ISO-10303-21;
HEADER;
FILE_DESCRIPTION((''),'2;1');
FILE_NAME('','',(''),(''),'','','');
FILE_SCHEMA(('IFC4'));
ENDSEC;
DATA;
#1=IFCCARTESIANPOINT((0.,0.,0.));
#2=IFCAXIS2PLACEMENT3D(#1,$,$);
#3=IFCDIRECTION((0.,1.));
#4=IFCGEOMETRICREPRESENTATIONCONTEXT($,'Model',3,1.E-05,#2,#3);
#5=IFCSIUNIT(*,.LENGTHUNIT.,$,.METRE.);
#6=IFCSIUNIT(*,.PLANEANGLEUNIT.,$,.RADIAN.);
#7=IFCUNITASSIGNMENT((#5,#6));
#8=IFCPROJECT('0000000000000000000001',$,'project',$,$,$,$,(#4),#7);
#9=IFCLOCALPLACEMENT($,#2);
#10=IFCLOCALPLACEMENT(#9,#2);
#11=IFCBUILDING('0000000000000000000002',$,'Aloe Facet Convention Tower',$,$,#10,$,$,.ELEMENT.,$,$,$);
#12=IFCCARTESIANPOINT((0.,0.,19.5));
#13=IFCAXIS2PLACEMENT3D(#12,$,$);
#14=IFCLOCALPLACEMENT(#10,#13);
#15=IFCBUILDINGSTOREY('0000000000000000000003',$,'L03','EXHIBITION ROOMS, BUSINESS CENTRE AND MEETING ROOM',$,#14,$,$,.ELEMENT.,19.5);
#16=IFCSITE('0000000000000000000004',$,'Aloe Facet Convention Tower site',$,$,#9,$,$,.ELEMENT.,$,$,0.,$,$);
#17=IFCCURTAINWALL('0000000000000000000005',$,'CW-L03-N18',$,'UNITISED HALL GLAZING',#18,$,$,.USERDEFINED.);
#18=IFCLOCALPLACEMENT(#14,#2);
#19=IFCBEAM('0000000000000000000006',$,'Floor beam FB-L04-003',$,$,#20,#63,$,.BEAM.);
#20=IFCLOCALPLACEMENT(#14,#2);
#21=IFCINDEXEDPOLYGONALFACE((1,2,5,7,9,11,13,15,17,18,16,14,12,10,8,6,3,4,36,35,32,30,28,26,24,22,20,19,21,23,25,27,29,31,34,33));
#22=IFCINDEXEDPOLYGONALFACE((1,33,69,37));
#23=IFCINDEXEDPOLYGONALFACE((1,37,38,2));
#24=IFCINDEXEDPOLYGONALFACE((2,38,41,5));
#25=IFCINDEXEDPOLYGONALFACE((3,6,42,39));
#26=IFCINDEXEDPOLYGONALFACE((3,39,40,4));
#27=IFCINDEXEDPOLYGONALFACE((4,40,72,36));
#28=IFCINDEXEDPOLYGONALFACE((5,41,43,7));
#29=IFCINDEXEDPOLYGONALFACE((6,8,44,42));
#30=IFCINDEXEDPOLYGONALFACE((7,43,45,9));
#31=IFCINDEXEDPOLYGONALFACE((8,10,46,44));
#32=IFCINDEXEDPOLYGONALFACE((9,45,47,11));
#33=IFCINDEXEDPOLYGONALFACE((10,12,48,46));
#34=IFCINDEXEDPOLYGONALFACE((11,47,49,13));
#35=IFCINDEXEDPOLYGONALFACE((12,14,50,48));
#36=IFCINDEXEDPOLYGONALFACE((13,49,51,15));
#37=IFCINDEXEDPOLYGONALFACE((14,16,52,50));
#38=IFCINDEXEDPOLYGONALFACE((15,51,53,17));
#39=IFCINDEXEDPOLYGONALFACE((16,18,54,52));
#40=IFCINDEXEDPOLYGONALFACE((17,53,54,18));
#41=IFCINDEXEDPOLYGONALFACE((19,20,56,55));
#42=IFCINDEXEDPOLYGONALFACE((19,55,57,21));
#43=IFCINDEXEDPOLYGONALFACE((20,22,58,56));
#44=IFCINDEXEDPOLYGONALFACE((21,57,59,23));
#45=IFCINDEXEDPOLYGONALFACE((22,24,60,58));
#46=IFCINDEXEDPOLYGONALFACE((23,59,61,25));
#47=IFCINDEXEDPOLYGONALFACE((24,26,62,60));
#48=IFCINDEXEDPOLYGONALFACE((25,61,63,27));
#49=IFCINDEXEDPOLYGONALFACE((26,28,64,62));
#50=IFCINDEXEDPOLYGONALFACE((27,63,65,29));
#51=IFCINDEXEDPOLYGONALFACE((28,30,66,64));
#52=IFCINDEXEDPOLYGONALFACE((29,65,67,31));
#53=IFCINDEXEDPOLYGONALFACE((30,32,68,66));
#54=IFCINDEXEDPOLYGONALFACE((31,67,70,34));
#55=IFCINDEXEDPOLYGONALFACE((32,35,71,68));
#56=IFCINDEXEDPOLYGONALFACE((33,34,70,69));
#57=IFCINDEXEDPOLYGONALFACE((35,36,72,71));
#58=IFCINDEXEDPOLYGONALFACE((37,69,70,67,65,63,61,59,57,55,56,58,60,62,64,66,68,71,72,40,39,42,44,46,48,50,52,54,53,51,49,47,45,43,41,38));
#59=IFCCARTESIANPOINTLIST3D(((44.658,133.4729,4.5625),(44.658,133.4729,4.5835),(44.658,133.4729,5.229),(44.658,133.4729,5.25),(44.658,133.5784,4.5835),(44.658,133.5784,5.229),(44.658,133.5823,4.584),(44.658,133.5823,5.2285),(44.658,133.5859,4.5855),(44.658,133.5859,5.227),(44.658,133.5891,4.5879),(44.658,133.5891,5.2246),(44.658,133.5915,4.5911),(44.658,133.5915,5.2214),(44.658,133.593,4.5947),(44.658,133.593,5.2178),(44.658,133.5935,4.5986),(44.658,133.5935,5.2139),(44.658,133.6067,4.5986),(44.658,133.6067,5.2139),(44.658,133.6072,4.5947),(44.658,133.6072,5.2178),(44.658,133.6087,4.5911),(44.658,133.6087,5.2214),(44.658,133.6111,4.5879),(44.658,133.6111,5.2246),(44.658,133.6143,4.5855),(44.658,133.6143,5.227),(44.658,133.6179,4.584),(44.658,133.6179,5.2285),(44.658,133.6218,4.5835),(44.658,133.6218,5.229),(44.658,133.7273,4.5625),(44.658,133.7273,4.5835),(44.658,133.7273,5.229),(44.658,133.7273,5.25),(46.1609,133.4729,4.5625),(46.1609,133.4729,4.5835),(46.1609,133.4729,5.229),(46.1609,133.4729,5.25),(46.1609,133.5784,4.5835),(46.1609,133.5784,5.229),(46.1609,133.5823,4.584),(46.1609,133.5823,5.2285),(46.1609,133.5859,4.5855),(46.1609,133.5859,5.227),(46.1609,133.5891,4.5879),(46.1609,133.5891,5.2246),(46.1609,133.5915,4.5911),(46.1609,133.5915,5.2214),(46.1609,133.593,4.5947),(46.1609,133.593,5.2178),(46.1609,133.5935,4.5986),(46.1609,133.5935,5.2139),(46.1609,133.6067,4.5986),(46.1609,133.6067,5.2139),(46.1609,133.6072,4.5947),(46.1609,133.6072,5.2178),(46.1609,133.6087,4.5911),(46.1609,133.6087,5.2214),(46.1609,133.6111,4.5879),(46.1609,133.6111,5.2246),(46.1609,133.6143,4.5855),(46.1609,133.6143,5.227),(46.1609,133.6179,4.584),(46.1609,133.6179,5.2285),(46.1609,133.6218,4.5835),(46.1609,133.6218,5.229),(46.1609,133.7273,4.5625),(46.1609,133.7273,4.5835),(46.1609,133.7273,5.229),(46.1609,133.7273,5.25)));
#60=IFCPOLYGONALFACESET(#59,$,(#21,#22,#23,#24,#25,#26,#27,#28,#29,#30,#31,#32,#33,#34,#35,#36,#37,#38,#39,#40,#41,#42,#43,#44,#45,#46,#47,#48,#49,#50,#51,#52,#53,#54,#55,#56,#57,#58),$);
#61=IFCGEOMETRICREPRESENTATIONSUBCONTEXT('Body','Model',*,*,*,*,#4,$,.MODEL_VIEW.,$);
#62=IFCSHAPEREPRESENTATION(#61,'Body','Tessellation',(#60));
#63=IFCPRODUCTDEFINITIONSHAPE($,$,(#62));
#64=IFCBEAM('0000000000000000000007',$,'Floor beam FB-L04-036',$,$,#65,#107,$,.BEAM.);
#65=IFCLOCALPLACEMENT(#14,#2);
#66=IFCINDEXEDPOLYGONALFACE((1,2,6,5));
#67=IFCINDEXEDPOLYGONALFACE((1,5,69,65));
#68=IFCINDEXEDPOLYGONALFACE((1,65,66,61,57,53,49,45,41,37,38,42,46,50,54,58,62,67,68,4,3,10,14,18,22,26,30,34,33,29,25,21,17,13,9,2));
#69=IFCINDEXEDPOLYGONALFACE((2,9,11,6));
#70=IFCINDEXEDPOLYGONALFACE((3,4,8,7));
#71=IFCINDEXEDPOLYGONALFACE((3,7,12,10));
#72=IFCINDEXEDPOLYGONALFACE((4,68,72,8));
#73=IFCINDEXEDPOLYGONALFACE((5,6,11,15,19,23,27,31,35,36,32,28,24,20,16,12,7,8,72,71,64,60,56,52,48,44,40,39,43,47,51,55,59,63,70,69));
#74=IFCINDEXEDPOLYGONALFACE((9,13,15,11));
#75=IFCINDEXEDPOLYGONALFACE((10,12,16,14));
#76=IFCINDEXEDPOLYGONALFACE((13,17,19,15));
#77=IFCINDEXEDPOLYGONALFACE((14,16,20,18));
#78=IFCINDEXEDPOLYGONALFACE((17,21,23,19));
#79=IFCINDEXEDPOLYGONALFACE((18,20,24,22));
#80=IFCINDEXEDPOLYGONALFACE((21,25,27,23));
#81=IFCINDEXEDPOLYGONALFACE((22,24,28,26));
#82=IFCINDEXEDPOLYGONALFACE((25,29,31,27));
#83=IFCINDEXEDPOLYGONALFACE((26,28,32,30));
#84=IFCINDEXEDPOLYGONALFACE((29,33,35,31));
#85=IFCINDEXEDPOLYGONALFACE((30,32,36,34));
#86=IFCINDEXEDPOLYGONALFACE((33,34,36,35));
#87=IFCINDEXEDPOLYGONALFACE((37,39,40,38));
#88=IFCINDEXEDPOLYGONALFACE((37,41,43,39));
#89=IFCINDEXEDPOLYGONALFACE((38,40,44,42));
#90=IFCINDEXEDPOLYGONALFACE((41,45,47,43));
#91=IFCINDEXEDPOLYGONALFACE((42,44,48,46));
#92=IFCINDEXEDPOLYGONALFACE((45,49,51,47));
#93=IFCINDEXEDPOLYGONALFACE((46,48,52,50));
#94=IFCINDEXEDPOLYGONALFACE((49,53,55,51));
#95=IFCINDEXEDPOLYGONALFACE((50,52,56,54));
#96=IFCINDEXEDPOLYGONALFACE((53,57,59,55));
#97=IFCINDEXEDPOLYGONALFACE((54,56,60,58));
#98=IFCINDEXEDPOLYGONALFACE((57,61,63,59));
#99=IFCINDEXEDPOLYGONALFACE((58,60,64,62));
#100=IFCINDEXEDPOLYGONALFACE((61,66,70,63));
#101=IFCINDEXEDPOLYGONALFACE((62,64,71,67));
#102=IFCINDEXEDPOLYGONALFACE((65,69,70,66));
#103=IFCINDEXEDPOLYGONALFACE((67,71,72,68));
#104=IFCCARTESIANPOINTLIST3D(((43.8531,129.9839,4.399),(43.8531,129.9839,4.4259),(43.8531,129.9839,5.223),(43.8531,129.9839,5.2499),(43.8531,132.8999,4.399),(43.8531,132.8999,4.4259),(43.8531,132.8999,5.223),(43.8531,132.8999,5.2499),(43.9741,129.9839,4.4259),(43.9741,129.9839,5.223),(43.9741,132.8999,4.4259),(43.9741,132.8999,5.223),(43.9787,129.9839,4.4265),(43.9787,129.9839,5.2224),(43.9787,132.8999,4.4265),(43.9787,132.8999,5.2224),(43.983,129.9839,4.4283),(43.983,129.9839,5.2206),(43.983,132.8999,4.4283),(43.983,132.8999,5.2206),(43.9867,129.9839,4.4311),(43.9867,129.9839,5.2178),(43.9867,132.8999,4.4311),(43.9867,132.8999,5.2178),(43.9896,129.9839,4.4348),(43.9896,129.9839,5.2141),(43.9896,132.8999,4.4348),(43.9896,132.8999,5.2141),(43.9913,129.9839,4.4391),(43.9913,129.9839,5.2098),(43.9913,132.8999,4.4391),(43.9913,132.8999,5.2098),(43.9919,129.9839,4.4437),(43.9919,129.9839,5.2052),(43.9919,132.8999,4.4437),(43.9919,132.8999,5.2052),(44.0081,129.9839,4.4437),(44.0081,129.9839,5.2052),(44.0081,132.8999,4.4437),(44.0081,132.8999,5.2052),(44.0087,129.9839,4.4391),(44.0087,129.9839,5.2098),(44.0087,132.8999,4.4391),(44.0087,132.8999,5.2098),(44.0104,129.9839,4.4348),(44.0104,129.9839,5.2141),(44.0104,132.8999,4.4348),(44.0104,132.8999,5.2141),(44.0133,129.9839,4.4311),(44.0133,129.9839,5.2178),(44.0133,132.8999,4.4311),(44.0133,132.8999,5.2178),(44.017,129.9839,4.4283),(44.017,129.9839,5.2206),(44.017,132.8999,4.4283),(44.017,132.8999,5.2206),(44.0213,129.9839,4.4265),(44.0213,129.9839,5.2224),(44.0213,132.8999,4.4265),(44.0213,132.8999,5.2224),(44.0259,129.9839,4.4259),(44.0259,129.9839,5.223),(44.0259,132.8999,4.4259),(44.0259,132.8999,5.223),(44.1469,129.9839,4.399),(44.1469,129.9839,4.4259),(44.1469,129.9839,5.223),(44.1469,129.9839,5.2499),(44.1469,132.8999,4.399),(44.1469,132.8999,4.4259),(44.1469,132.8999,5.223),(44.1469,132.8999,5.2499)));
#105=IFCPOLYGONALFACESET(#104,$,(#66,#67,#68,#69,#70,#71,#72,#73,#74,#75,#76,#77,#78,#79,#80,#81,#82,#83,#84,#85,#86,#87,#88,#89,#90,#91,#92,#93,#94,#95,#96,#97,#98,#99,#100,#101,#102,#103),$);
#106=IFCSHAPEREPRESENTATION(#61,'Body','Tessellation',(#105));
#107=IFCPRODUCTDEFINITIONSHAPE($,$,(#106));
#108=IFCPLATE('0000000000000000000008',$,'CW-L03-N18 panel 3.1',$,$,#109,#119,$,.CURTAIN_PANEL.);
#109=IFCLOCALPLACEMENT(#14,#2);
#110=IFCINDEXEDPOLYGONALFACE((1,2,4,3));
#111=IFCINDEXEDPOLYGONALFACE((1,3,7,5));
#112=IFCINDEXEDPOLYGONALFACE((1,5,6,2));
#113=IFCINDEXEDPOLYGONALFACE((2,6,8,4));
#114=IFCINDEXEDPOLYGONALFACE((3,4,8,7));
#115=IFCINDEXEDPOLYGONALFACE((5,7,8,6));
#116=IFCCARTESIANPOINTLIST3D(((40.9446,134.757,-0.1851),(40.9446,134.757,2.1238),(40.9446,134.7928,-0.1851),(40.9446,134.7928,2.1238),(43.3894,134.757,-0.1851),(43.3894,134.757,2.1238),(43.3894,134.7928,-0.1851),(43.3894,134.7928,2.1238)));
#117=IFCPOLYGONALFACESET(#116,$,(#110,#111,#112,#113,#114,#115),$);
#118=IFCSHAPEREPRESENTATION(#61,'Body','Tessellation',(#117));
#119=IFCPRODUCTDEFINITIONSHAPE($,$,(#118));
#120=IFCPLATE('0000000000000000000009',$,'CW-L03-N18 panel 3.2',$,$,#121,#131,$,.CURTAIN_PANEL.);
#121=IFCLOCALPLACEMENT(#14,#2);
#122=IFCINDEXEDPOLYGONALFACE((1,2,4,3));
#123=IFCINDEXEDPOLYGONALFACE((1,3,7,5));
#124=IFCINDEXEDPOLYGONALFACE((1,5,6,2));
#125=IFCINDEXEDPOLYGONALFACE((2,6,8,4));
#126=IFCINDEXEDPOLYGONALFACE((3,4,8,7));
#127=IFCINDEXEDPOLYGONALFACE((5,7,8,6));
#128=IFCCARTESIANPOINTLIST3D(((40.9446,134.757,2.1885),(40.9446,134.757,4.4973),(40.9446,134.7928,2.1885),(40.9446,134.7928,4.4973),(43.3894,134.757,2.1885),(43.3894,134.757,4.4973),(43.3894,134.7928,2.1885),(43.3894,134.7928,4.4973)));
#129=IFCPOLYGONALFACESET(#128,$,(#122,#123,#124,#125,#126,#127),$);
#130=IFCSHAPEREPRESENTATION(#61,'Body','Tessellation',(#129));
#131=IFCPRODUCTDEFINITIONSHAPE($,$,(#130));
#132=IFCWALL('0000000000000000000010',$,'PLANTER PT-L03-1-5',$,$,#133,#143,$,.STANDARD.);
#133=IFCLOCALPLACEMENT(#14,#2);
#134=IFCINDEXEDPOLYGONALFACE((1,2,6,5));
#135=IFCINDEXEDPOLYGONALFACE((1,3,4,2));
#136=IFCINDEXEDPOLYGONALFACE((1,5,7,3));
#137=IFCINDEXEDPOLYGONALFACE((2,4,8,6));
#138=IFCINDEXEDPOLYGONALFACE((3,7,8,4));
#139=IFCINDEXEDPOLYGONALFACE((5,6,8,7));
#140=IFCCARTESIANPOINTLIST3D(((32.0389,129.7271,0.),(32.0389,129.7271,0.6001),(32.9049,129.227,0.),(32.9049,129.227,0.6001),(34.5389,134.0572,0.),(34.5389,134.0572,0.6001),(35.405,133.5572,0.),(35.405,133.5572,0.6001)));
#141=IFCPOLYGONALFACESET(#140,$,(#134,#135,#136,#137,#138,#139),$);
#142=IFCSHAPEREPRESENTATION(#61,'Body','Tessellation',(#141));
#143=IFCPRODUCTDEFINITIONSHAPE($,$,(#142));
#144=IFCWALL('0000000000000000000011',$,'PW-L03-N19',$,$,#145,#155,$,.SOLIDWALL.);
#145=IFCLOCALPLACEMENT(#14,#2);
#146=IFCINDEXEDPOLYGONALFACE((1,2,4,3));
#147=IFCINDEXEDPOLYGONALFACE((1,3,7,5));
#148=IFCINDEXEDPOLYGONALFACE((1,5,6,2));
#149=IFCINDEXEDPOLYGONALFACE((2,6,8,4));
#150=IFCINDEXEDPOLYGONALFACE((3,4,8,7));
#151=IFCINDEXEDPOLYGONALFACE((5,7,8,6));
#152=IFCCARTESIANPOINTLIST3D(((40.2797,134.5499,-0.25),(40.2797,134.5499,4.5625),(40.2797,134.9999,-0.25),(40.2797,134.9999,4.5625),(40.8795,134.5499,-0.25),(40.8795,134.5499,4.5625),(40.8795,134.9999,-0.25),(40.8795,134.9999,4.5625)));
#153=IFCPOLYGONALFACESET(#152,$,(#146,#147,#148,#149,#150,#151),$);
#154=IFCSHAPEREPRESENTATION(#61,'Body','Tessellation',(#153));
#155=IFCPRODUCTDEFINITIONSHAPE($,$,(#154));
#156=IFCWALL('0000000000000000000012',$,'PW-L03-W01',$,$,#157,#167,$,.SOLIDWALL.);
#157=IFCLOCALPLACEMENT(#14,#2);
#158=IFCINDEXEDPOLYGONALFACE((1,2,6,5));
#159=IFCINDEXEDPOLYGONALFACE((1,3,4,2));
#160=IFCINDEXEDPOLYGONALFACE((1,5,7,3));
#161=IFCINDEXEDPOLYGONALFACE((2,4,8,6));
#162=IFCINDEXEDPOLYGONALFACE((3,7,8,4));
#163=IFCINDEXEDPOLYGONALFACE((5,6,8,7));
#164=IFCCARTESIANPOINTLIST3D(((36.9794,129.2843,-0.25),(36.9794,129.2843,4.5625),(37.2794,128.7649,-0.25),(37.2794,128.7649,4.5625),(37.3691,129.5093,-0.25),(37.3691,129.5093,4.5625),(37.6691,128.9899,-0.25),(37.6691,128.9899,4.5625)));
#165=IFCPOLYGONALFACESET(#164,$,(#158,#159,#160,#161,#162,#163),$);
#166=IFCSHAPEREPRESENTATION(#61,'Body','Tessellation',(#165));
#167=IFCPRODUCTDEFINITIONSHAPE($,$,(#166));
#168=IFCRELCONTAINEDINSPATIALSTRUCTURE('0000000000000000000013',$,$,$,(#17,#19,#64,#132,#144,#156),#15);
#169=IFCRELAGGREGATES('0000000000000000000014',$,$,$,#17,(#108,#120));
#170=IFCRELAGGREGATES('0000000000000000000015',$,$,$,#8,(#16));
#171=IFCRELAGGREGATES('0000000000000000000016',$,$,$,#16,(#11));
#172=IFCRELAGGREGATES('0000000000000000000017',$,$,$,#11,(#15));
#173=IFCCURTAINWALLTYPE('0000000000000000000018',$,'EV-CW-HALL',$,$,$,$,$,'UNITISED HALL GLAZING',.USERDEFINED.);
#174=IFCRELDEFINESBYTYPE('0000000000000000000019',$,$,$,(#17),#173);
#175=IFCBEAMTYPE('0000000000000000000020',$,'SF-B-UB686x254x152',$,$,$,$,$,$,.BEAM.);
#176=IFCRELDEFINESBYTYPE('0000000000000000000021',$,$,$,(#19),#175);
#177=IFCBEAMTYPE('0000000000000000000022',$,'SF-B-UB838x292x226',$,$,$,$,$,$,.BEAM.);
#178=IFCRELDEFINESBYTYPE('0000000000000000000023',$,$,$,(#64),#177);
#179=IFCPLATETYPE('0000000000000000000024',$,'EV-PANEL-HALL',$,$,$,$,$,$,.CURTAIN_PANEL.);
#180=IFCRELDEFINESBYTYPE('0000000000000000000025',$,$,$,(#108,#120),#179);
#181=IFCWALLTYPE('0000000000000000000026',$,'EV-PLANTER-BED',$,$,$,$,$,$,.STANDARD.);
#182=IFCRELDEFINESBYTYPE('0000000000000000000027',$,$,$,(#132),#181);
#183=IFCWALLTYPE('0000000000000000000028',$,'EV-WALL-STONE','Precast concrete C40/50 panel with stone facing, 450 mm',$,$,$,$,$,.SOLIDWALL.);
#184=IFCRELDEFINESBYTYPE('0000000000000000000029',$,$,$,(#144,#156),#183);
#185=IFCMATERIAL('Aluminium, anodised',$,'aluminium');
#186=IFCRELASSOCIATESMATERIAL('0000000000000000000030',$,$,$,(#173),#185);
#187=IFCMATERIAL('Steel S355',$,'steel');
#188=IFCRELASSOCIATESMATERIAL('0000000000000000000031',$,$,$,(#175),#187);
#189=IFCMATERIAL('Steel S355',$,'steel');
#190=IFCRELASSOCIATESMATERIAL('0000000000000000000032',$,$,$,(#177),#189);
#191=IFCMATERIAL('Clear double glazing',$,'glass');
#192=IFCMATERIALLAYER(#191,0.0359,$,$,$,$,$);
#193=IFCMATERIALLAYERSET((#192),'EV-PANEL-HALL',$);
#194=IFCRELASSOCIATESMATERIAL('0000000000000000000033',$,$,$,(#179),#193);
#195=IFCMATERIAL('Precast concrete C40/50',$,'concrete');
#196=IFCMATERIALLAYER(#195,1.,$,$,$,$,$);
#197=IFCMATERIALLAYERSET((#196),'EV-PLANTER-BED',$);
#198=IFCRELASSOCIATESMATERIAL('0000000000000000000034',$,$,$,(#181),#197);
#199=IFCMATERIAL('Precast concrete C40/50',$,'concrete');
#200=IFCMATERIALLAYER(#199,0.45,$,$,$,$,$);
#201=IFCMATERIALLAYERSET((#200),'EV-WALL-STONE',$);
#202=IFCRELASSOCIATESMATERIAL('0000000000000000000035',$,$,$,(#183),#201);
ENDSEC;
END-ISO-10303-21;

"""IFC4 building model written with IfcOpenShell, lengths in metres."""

from ifc_helpers import new_model, si_unit, direction, frame, frame_2d, origin, origin_2d, place, context, subcontext, project, spatial, rectangle, i_section, extrude, material, layer, layer_set, material_profile, profile_set, type_object, element, aggregate, save


model = new_model("IFC4")

# Units and contexts
model_context = context("Model", 3, precision=1e-05, world=origin(), true_north=direction((0.0, 1.0)))
body_context = subcontext(model_context, "Body", "Model", "MODEL_VIEW")
ifc_project = project(units=[si_unit("LENGTHUNIT", "METRE"), si_unit("PLANEANGLEUNIT", "RADIAN")], contexts=[model_context])

# Site, building, storey
site_placement = place(None, origin())
site = spatial("IfcSite", under=ifc_project, at=site_placement, Name="Aloe Facet Convention Tower site", CompositionType="ELEMENT", RefElevation=0.0)
building_placement = place(site_placement, origin())
building = spatial("IfcBuilding", under=site, at=building_placement, Name="Aloe Facet Convention Tower", CompositionType="ELEMENT")
storey_placement = place(building_placement, frame((0.0, 0.0, 19.5)))
storey = spatial("IfcBuildingStorey", under=building, at=storey_placement, Name="L03", Description="EXHIBITION ROOMS, BUSINESS CENTRE AND MEETING ROOM", CompositionType="ELEMENT", Elevation=19.5)

# Curtain wall
ifc_material_1 = material(Name="Aluminium, anodised", Category="aluminium")
curtain_wall_type = type_object("IfcCurtainWallType", Name="EV-CW-HALL", ElementType="UNITISED HALL GLAZING", PredefinedType="USERDEFINED", material=ifc_material_1)
curtain_wall_1_placement = place(storey_placement, origin())
curtain_wall_1 = element("IfcCurtainWall", 1, at=curtain_wall_1_placement, inside=storey, type_object=curtain_wall_type, Name="CW-L03-N18", ObjectType="UNITISED HALL GLAZING", PredefinedType="USERDEFINED")

# Beams
ifc_material_2 = material(Name="Steel S355", Category="steel")
ifc_material_profile_1 = material_profile(ifc_material_2, i_section(OverallWidth=0.2544, OverallDepth=0.6875, WebThickness=0.0132, FlangeThickness=0.021, FilletRadius=0.0151, at=origin_2d()), Name="UB 686x254x152")
ifc_profile_set_1 = profile_set([ifc_material_profile_1], Name="Steel S355")
beam_type_1 = type_object("IfcBeamType", Name="SF-B-UB686x254x152", PredefinedType="BEAM", material=ifc_profile_set_1)
beam_1_placement = place(storey_placement, frame((44.658, 133.6001, 4.9062), z_axis=(1.0, 0.0, 0.0), x_axis=(0.0, 1.0, 0.0)))
element("IfcBeam", 2, at=beam_1_placement, inside=storey, type_object=beam_type_1, Name="Floor beam FB-L04-003", PredefinedType="BEAM", context=body_context, shape_type="SweptSolid", body=[
    extrude(i_section(OverallWidth=0.2544, OverallDepth=0.6875, WebThickness=0.0132, FlangeThickness=0.021, FilletRadius=0.0151, at=origin_2d()), origin(), (0.0, 0.0, 1.0), 1.5029),
])
ifc_material_3 = material(Name="Steel S355", Category="steel")
ifc_material_profile_2 = material_profile(ifc_material_3, i_section(OverallWidth=0.2937, OverallDepth=0.8508, WebThickness=0.0161, FlangeThickness=0.0269, FilletRadius=0.0178, at=origin_2d()), Name="UB 838x292x226")
ifc_profile_set_2 = profile_set([ifc_material_profile_2], Name="Steel S355")
beam_type_2 = type_object("IfcBeamType", Name="SF-B-UB838x292x226", PredefinedType="BEAM", material=ifc_profile_set_2)
beam_2_placement = place(storey_placement, frame((44.0, 129.9839, 4.8245), z_axis=(0.0, 1.0, 0.0), x_axis=(-1.0, 0.0, 0.0)))
element("IfcBeam", 3, at=beam_2_placement, inside=storey, type_object=beam_type_2, Name="Floor beam FB-L04-036", PredefinedType="BEAM", context=body_context, shape_type="SweptSolid", body=[
    extrude(i_section(OverallWidth=0.2937, OverallDepth=0.8508, WebThickness=0.0161, FlangeThickness=0.0269, FilletRadius=0.0178, at=origin_2d()), origin(), (0.0, 0.0, 1.0), 2.916),
])

# Plates
ifc_material_4 = material(Name="Clear double glazing", Category="glass")
ifc_layer_1 = layer(ifc_material_4, 0.0359)
ifc_layer_set_1 = layer_set([ifc_layer_1], Name="EV-PANEL-HALL")
plate_type = type_object("IfcPlateType", Name="EV-PANEL-HALL", PredefinedType="CURTAIN_PANEL", material=ifc_layer_set_1)
plate_1_placement = place(storey_placement, frame((42.167, 134.7749, -0.1851), z_axis=(0.0, 0.0, 1.0), x_axis=(-1.0, 0.0, 0.0)))
plate_1 = element("IfcPlate", 4, at=plate_1_placement, type_object=plate_type, Name="CW-L03-N18 panel 3.1", PredefinedType="CURTAIN_PANEL", context=body_context, shape_type="SweptSolid", body=[
    extrude(rectangle(XDim=2.4448, YDim=0.0359, at=origin_2d()), origin(), (0.0, 0.0, 1.0), 2.3088),
])
plate_2_placement = place(storey_placement, frame((42.167, 134.7749, 2.1885), z_axis=(0.0, 0.0, 1.0), x_axis=(-1.0, 0.0, 0.0)))
plate_2 = element("IfcPlate", 5, at=plate_2_placement, type_object=plate_type, Name="CW-L03-N18 panel 3.2", PredefinedType="CURTAIN_PANEL", context=body_context, shape_type="SweptSolid", body=[
    extrude(rectangle(XDim=2.4448, YDim=0.0359, at=origin_2d()), origin(), (0.0, 0.0, 1.0), 2.3088),
])
aggregate(curtain_wall_1, [plate_1, plate_2])

# Walls
ifc_material_5 = material(Name="Precast concrete C40/50", Category="concrete")
ifc_layer_2 = layer(ifc_material_5, 1.0)
ifc_layer_set_2 = layer_set([ifc_layer_2], Name="EV-PLANTER-BED")
wall_type_1 = type_object("IfcWallType", Name="EV-PLANTER-BED", PredefinedType="STANDARD", material=ifc_layer_set_2)
wall_placement = place(storey_placement, frame((32.4719, 129.4771, 0.0), z_axis=(0.0, 0.0, 1.0), x_axis=(0.500004, 0.866023, 0.0)))
element("IfcWall", 6, at=wall_placement, inside=storey, type_object=wall_type_1, Name="PLANTER PT-L03-1-5", PredefinedType="STANDARD", context=body_context, shape_type="SweptSolid", body=[
    extrude(rectangle(XDim=5.0, YDim=1.0, at=frame_2d((2.5, 0.0))), origin(), (0.0, 0.0, 1.0), 0.6001),
])
ifc_material_6 = material(Name="Precast concrete C40/50", Category="concrete")
ifc_layer_3 = layer(ifc_material_6, 0.45)
ifc_layer_set_3 = layer_set([ifc_layer_3], Name="EV-WALL-STONE")
wall_type_2 = type_object("IfcWallType", Name="EV-WALL-STONE", Description="Precast concrete C40/50 panel with stone facing, 450 mm", PredefinedType="SOLIDWALL", material=ifc_layer_set_3)
for number, where, z_axis, x_axis, name in (
    (7, (40.8794, 134.7749, -0.25), (0.0, 0.0, 1.0), (-1.0, 0.0, 0.0), "PW-L03-N19"),
    (8, (37.1743, 129.3967, -0.25), (0.0, 0.0, 1.0), (0.500122, -0.865955, 0.0), "PW-L03-W01"),
):
    element("IfcWall", number, at=place(storey_placement, frame(where, z_axis=z_axis, x_axis=x_axis)), inside=storey, type_object=wall_type_2, Name=name, PredefinedType="SOLIDWALL", context=body_context, shape_type="SweptSolid", body=[
        extrude(rectangle(XDim=0.5999, YDim=0.45, at=frame_2d((0.2998, 0.0))), origin(), (0.0, 0.0, 1.0), 4.8125),
    ])

save(model, "model.ifc")
